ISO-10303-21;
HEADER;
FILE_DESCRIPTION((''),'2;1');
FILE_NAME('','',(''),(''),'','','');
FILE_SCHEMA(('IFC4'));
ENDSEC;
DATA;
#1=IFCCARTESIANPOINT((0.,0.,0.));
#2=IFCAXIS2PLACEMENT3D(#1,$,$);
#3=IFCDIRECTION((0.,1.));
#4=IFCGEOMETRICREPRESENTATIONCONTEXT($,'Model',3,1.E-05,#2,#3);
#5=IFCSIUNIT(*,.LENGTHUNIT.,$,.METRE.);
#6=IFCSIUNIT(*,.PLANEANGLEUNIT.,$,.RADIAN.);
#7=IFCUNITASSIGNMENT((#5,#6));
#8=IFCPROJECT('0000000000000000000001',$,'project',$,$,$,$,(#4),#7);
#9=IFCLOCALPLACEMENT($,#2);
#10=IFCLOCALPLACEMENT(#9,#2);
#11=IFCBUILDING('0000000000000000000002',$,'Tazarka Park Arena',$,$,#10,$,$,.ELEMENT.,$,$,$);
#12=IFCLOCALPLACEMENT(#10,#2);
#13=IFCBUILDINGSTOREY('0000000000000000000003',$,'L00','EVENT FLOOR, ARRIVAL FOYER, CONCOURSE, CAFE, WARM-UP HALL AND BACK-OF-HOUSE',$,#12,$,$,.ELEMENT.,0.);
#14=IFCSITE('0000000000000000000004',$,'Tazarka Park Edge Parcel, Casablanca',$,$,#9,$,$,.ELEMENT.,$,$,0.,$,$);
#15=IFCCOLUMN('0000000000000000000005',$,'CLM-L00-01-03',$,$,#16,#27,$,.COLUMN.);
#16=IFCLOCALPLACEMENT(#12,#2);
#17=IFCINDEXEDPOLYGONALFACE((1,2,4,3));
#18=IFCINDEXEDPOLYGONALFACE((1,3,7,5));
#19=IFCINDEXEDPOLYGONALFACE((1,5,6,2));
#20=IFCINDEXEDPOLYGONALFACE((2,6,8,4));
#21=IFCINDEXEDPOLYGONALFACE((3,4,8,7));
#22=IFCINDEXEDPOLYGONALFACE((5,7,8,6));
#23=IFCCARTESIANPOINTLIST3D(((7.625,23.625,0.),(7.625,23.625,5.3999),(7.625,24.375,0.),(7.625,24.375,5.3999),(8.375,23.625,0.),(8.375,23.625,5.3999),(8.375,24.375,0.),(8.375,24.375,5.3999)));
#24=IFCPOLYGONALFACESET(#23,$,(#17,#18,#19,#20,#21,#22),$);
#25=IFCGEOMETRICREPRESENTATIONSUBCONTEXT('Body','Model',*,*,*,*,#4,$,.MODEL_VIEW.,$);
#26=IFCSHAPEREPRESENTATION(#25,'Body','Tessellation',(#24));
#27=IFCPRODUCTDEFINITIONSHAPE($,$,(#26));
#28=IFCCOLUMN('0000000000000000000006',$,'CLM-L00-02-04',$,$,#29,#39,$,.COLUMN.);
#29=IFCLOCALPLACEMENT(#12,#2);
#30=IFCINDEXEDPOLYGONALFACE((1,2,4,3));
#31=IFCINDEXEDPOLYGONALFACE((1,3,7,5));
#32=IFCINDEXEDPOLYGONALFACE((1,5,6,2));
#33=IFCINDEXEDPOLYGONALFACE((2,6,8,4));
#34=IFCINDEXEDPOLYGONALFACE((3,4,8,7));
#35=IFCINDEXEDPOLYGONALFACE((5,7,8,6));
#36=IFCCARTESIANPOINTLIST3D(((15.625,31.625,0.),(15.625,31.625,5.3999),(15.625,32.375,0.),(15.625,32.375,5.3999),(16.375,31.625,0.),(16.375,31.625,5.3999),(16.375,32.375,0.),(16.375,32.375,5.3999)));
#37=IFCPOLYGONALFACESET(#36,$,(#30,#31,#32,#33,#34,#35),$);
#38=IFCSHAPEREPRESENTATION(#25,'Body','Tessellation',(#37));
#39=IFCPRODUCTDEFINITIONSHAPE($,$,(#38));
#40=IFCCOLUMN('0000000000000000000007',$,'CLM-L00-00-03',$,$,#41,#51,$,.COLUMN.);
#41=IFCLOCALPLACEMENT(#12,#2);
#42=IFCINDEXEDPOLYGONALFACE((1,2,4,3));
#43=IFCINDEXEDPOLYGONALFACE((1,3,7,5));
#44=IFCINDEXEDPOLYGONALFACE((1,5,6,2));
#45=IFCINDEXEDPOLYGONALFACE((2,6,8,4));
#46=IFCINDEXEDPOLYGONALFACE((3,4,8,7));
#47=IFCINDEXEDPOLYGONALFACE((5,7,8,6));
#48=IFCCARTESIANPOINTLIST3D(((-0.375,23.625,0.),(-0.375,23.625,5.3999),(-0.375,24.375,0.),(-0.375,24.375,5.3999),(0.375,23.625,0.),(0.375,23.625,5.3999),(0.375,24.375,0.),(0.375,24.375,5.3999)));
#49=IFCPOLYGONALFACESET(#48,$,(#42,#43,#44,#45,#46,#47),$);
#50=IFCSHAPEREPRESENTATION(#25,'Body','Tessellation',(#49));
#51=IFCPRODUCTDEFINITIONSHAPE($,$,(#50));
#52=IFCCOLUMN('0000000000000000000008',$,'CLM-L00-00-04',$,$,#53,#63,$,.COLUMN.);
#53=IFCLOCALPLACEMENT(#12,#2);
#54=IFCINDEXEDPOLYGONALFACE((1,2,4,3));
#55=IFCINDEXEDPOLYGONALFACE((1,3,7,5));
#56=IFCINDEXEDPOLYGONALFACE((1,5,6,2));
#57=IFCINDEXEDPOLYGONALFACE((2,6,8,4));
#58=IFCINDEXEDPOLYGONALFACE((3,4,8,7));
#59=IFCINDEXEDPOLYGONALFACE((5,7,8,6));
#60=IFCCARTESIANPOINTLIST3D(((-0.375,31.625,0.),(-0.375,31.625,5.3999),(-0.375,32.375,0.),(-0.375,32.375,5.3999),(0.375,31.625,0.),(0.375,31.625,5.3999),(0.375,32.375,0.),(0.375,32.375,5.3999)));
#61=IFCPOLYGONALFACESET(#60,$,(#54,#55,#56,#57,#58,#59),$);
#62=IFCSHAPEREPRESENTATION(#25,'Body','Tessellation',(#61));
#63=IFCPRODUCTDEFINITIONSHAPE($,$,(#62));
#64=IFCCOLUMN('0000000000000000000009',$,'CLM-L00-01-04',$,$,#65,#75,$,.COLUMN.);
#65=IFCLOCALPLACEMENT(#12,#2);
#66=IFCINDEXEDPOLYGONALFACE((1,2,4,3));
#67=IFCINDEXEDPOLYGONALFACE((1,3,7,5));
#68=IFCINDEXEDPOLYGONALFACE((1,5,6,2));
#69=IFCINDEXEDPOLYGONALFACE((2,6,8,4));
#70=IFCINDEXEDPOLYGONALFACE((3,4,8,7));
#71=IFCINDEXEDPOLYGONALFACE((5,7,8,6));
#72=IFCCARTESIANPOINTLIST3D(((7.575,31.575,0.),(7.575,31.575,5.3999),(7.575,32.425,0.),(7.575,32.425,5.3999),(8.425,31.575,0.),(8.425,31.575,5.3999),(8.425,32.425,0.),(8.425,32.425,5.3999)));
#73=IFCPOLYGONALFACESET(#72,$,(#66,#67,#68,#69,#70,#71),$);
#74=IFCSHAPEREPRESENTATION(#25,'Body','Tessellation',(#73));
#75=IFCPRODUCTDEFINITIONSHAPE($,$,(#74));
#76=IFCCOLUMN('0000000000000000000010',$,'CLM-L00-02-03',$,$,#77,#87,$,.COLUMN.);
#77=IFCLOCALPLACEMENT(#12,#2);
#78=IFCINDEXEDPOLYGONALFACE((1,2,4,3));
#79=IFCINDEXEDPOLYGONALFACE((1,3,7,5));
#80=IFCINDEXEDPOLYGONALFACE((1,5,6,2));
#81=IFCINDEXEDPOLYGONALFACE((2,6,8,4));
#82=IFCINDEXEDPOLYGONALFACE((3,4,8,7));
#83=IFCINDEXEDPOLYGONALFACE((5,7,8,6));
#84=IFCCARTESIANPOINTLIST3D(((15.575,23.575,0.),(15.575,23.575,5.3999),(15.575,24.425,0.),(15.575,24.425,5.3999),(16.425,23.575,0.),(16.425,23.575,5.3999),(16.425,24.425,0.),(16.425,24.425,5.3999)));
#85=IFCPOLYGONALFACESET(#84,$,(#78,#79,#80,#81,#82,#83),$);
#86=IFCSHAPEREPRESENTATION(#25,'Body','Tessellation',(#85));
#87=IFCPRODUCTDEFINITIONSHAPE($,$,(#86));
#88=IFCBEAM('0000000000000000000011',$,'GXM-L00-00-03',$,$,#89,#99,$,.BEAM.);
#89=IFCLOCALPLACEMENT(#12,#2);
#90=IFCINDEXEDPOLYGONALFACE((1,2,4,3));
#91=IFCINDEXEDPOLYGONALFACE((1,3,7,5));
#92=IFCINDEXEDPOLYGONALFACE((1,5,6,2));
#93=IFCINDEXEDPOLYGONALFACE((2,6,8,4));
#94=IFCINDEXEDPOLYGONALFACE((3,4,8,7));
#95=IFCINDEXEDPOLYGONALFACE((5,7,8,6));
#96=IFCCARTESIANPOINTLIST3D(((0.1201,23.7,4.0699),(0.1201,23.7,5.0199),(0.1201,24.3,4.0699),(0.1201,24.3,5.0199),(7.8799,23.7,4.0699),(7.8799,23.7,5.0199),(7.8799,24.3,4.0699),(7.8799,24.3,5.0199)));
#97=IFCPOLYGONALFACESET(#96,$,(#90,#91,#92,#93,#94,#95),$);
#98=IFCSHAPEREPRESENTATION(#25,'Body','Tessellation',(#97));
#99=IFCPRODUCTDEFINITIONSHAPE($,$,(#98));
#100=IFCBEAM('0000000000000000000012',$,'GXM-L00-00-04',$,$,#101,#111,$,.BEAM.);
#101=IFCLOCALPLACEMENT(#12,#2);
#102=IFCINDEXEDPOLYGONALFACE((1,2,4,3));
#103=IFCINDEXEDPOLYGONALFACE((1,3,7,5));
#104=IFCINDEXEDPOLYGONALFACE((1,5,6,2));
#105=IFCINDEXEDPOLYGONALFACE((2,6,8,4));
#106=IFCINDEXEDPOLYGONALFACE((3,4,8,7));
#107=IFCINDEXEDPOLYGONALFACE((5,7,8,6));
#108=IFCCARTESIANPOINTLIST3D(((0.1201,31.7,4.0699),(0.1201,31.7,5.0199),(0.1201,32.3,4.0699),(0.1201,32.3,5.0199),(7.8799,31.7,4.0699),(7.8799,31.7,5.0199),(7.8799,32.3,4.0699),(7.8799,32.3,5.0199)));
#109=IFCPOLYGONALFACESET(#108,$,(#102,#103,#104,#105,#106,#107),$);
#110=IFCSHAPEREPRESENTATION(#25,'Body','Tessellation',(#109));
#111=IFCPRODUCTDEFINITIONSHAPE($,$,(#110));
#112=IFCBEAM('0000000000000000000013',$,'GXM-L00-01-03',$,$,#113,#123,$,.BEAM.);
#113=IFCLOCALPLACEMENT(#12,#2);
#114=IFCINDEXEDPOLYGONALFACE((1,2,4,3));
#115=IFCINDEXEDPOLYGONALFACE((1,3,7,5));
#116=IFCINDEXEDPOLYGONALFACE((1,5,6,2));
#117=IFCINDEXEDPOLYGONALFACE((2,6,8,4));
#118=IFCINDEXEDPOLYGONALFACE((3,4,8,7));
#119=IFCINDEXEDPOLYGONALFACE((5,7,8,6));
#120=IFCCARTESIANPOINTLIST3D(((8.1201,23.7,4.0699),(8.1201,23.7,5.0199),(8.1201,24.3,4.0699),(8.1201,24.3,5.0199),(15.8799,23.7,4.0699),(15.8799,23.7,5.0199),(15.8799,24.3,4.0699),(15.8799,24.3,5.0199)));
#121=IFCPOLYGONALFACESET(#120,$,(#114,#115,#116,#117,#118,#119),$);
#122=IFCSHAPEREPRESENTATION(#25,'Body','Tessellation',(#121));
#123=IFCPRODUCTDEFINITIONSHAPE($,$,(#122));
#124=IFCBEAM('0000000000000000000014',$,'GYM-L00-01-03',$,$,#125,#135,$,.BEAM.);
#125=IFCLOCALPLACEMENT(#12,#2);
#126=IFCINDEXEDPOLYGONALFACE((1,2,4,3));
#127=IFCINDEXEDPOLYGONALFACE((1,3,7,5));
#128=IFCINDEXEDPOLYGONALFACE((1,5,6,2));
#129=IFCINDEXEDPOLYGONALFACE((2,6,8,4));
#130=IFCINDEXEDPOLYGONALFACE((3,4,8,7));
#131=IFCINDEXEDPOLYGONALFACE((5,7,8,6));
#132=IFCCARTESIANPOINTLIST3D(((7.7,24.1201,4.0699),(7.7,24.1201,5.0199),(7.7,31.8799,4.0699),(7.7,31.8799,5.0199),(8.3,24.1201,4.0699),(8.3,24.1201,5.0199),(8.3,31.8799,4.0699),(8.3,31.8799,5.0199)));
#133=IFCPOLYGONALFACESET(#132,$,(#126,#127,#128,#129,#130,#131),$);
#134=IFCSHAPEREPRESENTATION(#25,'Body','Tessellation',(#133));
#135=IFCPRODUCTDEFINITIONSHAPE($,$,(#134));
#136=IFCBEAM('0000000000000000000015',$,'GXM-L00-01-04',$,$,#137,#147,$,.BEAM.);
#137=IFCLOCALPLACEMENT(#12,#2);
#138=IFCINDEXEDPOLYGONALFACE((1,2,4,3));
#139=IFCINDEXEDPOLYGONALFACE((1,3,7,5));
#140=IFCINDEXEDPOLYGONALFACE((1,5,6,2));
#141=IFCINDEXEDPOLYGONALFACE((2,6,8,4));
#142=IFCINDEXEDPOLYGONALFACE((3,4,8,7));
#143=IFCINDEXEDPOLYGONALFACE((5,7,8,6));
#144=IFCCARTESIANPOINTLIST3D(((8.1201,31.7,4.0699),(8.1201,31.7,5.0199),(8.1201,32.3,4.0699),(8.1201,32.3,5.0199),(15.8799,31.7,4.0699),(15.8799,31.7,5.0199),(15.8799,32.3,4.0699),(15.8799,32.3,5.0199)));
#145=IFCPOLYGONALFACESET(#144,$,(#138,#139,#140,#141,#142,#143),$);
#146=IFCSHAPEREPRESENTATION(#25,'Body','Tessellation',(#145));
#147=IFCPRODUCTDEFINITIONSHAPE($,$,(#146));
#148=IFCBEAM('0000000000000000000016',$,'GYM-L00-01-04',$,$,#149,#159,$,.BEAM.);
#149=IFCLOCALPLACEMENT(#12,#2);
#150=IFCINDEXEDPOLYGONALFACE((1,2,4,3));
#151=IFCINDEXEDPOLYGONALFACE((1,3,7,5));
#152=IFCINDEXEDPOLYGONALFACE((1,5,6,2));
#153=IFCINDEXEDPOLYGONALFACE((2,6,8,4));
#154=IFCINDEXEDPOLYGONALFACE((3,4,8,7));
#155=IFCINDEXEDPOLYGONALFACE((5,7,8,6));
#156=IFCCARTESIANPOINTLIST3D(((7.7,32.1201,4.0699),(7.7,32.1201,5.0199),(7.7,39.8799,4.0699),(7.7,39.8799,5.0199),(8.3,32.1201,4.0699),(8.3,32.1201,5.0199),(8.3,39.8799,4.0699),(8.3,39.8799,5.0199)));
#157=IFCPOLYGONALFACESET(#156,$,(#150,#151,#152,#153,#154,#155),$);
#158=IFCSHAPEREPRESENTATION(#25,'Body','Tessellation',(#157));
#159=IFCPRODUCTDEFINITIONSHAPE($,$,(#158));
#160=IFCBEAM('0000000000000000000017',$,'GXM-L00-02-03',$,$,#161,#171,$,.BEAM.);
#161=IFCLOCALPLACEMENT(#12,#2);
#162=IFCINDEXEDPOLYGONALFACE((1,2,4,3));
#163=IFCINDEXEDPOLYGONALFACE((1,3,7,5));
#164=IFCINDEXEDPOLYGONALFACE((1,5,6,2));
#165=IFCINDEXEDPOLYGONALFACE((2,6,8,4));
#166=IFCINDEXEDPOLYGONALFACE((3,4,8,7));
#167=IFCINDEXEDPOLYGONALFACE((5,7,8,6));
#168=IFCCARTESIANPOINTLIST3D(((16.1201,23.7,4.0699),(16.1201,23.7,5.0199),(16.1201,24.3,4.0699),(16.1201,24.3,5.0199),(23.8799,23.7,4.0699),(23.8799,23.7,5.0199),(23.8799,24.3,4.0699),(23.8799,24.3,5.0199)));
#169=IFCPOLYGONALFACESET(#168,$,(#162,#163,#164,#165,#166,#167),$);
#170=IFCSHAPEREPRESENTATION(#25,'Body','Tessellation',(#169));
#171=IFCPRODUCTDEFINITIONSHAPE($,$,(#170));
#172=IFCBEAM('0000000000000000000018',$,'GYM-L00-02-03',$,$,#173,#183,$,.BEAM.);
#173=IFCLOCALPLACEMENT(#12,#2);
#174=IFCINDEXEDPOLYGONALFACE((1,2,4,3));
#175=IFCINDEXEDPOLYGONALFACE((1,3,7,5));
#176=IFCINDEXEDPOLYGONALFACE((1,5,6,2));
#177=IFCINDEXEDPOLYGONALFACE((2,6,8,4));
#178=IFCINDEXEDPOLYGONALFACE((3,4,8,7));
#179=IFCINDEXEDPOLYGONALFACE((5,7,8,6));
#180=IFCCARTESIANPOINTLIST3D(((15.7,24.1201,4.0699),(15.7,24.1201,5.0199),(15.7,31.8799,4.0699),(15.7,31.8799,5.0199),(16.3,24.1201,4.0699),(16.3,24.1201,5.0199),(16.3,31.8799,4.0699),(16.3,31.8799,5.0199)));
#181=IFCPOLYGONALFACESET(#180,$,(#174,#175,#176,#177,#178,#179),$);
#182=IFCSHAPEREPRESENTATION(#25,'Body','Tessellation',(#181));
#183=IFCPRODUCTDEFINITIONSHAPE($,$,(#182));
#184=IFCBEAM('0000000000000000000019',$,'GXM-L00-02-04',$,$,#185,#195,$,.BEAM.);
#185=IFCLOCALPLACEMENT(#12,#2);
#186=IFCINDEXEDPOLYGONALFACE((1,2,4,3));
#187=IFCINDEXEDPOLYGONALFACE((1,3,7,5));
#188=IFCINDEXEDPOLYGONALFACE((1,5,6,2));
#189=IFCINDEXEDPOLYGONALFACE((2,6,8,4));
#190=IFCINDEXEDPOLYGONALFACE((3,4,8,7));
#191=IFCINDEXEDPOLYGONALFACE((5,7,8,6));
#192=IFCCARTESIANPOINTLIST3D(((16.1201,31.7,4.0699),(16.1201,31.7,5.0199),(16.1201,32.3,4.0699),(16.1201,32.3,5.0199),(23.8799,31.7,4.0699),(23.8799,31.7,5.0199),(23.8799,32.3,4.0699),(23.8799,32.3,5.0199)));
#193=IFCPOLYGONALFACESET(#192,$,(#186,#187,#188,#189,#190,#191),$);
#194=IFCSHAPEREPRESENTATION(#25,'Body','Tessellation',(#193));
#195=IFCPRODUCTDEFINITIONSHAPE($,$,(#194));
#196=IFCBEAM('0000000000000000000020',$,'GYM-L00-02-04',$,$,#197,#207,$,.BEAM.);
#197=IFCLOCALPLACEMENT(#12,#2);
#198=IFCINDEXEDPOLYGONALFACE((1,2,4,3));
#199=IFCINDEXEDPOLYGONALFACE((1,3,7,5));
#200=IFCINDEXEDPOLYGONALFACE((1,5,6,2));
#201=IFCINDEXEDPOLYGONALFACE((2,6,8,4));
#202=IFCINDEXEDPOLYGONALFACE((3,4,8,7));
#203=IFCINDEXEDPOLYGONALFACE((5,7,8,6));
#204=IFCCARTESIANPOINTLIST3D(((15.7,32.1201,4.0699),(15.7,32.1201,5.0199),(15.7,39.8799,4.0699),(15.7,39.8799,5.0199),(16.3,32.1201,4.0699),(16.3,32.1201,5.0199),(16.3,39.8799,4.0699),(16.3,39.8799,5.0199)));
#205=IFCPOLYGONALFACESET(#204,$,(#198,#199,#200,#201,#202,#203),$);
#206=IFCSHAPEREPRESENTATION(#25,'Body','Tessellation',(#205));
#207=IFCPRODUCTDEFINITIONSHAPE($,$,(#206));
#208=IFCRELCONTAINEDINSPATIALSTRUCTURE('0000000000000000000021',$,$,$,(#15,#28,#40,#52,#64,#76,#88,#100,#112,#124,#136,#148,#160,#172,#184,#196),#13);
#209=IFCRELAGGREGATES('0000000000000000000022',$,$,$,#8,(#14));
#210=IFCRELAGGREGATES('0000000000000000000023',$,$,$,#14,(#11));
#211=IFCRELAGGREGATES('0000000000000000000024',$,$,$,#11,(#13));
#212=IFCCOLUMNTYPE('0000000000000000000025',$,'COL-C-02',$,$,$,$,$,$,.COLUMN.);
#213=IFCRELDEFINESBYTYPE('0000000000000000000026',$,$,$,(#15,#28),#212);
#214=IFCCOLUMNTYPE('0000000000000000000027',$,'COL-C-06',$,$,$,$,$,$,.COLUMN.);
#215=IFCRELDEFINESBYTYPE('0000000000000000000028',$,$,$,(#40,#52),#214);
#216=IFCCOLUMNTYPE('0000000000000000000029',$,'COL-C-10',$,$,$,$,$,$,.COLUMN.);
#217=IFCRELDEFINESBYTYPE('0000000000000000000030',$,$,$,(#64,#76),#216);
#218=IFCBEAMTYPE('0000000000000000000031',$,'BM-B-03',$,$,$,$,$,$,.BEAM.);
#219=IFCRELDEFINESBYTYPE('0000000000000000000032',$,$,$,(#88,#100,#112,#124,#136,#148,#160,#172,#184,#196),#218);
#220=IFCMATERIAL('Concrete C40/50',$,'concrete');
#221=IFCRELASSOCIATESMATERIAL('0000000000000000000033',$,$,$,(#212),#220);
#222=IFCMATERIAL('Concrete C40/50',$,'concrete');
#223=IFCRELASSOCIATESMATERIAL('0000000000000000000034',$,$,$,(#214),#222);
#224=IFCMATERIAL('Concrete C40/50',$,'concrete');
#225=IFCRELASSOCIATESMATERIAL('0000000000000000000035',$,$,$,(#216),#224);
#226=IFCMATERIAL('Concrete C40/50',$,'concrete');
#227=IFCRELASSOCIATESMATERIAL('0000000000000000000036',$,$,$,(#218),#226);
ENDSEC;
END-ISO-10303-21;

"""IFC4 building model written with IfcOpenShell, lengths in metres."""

from ifc_helpers import new_model, si_unit, direction, frame, origin, origin_2d, place, context, subcontext, project, spatial, rectangle, extrude, material, material_profile, profile_set, type_object, element, save


model = new_model("IFC4")

# Units and contexts
model_context = context("Model", 3, precision=1e-05, world=origin(), true_north=direction((0.0, 1.0)))
body_context = subcontext(model_context, "Body", "Model", "MODEL_VIEW")
ifc_project = project(units=[si_unit("LENGTHUNIT", "METRE"), si_unit("PLANEANGLEUNIT", "RADIAN")], contexts=[model_context])

# Site, building, storey
site_placement = place(None, origin())
site = spatial("IfcSite", under=ifc_project, at=site_placement, Name="Tazarka Park Edge Parcel, Casablanca", CompositionType="ELEMENT", RefElevation=0.0)
building_placement = place(site_placement, origin())
building = spatial("IfcBuilding", under=site, at=building_placement, Name="Tazarka Park Arena", CompositionType="ELEMENT")
storey_placement = place(building_placement, origin())
storey = spatial("IfcBuildingStorey", under=building, at=storey_placement, Name="L00", Description="EVENT FLOOR, ARRIVAL FOYER, CONCOURSE, CAFE, WARM-UP HALL AND BACK-OF-HOUSE", CompositionType="ELEMENT", Elevation=0.0)

# Columns
ifc_material_1 = material(Name="Concrete C40/50", Category="concrete")
ifc_material_profile_1 = material_profile(ifc_material_1, rectangle(XDim=0.75, YDim=0.75, at=origin_2d()), Name="Concrete C40/50")
ifc_profile_set_1 = profile_set([ifc_material_profile_1], Name="Concrete C40/50")
column_type_1 = type_object("IfcColumnType", Name="COL-C-02", PredefinedType="COLUMN", material=ifc_profile_set_1)
for number, where, z_axis, x_axis, name in (
    (1, (8.0, 24.0, 0.0), (0.0, 0.0, 1.0), (1.0, 0.0, 0.0), "CLM-L00-01-03"),
    (2, (16.0, 32.0, 0.0), (0.0, 0.0, 1.0), (1.0, 0.0, 0.0), "CLM-L00-02-04"),
):
    element("IfcColumn", number, at=place(storey_placement, frame(where, z_axis=z_axis, x_axis=x_axis)), inside=storey, type_object=column_type_1, Name=name, PredefinedType="COLUMN", context=body_context, shape_type="SweptSolid", body=[
        extrude(rectangle(XDim=0.75, YDim=0.75, at=origin_2d()), origin(), (0.0, 0.0, 1.0), 5.3999),
    ])
ifc_material_2 = material(Name="Concrete C40/50", Category="concrete")
ifc_material_profile_2 = material_profile(ifc_material_2, rectangle(XDim=0.75, YDim=0.75, at=origin_2d()), Name="Concrete C40/50")
ifc_profile_set_2 = profile_set([ifc_material_profile_2], Name="Concrete C40/50")
column_type_2 = type_object("IfcColumnType", Name="COL-C-06", PredefinedType="COLUMN", material=ifc_profile_set_2)
for number, where, z_axis, x_axis, name in (
    (3, (0.0, 24.0, 0.0), (0.0, 0.0, 1.0), (1.0, 0.0, 0.0), "CLM-L00-00-03"),
    (4, (0.0, 32.0, 0.0), (0.0, 0.0, 1.0), (1.0, 0.0, 0.0), "CLM-L00-00-04"),
):
    element("IfcColumn", number, at=place(storey_placement, frame(where, z_axis=z_axis, x_axis=x_axis)), inside=storey, type_object=column_type_2, Name=name, PredefinedType="COLUMN", context=body_context, shape_type="SweptSolid", body=[
        extrude(rectangle(XDim=0.75, YDim=0.75, at=origin_2d()), origin(), (0.0, 0.0, 1.0), 5.3999),
    ])
ifc_material_3 = material(Name="Concrete C40/50", Category="concrete")
ifc_material_profile_3 = material_profile(ifc_material_3, rectangle(XDim=0.8501, YDim=0.8501, at=origin_2d()), Name="Concrete C40/50")
ifc_profile_set_3 = profile_set([ifc_material_profile_3], Name="Concrete C40/50")
column_type_3 = type_object("IfcColumnType", Name="COL-C-10", PredefinedType="COLUMN", material=ifc_profile_set_3)
for number, where, z_axis, x_axis, name in (
    (5, (8.0, 32.0, 0.0), (0.0, 0.0, 1.0), (1.0, 0.0, 0.0), "CLM-L00-01-04"),
    (6, (16.0, 24.0, 0.0), (0.0, 0.0, 1.0), (1.0, 0.0, 0.0), "CLM-L00-02-03"),
):
    element("IfcColumn", number, at=place(storey_placement, frame(where, z_axis=z_axis, x_axis=x_axis)), inside=storey, type_object=column_type_3, Name=name, PredefinedType="COLUMN", context=body_context, shape_type="SweptSolid", body=[
        extrude(rectangle(XDim=0.8501, YDim=0.8501, at=origin_2d()), origin(), (0.0, 0.0, 1.0), 5.3999),
    ])

# Beams
ifc_material_4 = material(Name="Concrete C40/50", Category="concrete")
ifc_material_profile_4 = material_profile(ifc_material_4, rectangle(XDim=0.6001, YDim=0.95, at=origin_2d()), Name="Concrete C40/50")
ifc_profile_set_4 = profile_set([ifc_material_profile_4], Name="Concrete C40/50")
beam_type_1 = type_object("IfcBeamType", Name="BM-B-03", PredefinedType="BEAM", material=ifc_profile_set_4)
for number, where, z_axis, x_axis, name in (
    (7, (0.1201, 24.0, 4.5449), (1.0, 0.0, 0.0), (0.0, 1.0, 0.0), "GXM-L00-00-03"),
    (8, (0.1201, 32.0, 4.5449), (1.0, 0.0, 0.0), (0.0, 1.0, 0.0), "GXM-L00-00-04"),
    (9, (8.1201, 24.0, 4.5449), (1.0, 0.0, 0.0), (0.0, 1.0, 0.0), "GXM-L00-01-03"),
    (10, (8.0, 24.1201, 4.5449), (0.0, 1.0, 0.0), (-1.0, 0.0, 0.0), "GYM-L00-01-03"),
    (11, (8.1201, 32.0, 4.5449), (1.0, 0.0, 0.0), (0.0, 1.0, 0.0), "GXM-L00-01-04"),
    (12, (8.0, 32.1201, 4.5449), (0.0, 1.0, 0.0), (-1.0, 0.0, 0.0), "GYM-L00-01-04"),
    (13, (16.1201, 24.0, 4.5449), (1.0, 0.0, 0.0), (0.0, 1.0, 0.0), "GXM-L00-02-03"),
    (14, (16.0, 24.1201, 4.5449), (0.0, 1.0, 0.0), (-1.0, 0.0, 0.0), "GYM-L00-02-03"),
    (15, (16.1201, 32.0, 4.5449), (1.0, 0.0, 0.0), (0.0, 1.0, 0.0), "GXM-L00-02-04"),
    (16, (16.0, 32.1201, 4.5449), (0.0, 1.0, 0.0), (-1.0, 0.0, 0.0), "GYM-L00-02-04"),
):
    element("IfcBeam", number, at=place(storey_placement, frame(where, z_axis=z_axis, x_axis=x_axis)), inside=storey, type_object=beam_type_1, Name=name, PredefinedType="BEAM", context=body_context, shape_type="SweptSolid", body=[
        extrude(rectangle(XDim=0.6001, YDim=0.95, at=origin_2d()), origin(), (0.0, 0.0, 1.0), 7.7598),
    ])

save(model, "model.ifc")
